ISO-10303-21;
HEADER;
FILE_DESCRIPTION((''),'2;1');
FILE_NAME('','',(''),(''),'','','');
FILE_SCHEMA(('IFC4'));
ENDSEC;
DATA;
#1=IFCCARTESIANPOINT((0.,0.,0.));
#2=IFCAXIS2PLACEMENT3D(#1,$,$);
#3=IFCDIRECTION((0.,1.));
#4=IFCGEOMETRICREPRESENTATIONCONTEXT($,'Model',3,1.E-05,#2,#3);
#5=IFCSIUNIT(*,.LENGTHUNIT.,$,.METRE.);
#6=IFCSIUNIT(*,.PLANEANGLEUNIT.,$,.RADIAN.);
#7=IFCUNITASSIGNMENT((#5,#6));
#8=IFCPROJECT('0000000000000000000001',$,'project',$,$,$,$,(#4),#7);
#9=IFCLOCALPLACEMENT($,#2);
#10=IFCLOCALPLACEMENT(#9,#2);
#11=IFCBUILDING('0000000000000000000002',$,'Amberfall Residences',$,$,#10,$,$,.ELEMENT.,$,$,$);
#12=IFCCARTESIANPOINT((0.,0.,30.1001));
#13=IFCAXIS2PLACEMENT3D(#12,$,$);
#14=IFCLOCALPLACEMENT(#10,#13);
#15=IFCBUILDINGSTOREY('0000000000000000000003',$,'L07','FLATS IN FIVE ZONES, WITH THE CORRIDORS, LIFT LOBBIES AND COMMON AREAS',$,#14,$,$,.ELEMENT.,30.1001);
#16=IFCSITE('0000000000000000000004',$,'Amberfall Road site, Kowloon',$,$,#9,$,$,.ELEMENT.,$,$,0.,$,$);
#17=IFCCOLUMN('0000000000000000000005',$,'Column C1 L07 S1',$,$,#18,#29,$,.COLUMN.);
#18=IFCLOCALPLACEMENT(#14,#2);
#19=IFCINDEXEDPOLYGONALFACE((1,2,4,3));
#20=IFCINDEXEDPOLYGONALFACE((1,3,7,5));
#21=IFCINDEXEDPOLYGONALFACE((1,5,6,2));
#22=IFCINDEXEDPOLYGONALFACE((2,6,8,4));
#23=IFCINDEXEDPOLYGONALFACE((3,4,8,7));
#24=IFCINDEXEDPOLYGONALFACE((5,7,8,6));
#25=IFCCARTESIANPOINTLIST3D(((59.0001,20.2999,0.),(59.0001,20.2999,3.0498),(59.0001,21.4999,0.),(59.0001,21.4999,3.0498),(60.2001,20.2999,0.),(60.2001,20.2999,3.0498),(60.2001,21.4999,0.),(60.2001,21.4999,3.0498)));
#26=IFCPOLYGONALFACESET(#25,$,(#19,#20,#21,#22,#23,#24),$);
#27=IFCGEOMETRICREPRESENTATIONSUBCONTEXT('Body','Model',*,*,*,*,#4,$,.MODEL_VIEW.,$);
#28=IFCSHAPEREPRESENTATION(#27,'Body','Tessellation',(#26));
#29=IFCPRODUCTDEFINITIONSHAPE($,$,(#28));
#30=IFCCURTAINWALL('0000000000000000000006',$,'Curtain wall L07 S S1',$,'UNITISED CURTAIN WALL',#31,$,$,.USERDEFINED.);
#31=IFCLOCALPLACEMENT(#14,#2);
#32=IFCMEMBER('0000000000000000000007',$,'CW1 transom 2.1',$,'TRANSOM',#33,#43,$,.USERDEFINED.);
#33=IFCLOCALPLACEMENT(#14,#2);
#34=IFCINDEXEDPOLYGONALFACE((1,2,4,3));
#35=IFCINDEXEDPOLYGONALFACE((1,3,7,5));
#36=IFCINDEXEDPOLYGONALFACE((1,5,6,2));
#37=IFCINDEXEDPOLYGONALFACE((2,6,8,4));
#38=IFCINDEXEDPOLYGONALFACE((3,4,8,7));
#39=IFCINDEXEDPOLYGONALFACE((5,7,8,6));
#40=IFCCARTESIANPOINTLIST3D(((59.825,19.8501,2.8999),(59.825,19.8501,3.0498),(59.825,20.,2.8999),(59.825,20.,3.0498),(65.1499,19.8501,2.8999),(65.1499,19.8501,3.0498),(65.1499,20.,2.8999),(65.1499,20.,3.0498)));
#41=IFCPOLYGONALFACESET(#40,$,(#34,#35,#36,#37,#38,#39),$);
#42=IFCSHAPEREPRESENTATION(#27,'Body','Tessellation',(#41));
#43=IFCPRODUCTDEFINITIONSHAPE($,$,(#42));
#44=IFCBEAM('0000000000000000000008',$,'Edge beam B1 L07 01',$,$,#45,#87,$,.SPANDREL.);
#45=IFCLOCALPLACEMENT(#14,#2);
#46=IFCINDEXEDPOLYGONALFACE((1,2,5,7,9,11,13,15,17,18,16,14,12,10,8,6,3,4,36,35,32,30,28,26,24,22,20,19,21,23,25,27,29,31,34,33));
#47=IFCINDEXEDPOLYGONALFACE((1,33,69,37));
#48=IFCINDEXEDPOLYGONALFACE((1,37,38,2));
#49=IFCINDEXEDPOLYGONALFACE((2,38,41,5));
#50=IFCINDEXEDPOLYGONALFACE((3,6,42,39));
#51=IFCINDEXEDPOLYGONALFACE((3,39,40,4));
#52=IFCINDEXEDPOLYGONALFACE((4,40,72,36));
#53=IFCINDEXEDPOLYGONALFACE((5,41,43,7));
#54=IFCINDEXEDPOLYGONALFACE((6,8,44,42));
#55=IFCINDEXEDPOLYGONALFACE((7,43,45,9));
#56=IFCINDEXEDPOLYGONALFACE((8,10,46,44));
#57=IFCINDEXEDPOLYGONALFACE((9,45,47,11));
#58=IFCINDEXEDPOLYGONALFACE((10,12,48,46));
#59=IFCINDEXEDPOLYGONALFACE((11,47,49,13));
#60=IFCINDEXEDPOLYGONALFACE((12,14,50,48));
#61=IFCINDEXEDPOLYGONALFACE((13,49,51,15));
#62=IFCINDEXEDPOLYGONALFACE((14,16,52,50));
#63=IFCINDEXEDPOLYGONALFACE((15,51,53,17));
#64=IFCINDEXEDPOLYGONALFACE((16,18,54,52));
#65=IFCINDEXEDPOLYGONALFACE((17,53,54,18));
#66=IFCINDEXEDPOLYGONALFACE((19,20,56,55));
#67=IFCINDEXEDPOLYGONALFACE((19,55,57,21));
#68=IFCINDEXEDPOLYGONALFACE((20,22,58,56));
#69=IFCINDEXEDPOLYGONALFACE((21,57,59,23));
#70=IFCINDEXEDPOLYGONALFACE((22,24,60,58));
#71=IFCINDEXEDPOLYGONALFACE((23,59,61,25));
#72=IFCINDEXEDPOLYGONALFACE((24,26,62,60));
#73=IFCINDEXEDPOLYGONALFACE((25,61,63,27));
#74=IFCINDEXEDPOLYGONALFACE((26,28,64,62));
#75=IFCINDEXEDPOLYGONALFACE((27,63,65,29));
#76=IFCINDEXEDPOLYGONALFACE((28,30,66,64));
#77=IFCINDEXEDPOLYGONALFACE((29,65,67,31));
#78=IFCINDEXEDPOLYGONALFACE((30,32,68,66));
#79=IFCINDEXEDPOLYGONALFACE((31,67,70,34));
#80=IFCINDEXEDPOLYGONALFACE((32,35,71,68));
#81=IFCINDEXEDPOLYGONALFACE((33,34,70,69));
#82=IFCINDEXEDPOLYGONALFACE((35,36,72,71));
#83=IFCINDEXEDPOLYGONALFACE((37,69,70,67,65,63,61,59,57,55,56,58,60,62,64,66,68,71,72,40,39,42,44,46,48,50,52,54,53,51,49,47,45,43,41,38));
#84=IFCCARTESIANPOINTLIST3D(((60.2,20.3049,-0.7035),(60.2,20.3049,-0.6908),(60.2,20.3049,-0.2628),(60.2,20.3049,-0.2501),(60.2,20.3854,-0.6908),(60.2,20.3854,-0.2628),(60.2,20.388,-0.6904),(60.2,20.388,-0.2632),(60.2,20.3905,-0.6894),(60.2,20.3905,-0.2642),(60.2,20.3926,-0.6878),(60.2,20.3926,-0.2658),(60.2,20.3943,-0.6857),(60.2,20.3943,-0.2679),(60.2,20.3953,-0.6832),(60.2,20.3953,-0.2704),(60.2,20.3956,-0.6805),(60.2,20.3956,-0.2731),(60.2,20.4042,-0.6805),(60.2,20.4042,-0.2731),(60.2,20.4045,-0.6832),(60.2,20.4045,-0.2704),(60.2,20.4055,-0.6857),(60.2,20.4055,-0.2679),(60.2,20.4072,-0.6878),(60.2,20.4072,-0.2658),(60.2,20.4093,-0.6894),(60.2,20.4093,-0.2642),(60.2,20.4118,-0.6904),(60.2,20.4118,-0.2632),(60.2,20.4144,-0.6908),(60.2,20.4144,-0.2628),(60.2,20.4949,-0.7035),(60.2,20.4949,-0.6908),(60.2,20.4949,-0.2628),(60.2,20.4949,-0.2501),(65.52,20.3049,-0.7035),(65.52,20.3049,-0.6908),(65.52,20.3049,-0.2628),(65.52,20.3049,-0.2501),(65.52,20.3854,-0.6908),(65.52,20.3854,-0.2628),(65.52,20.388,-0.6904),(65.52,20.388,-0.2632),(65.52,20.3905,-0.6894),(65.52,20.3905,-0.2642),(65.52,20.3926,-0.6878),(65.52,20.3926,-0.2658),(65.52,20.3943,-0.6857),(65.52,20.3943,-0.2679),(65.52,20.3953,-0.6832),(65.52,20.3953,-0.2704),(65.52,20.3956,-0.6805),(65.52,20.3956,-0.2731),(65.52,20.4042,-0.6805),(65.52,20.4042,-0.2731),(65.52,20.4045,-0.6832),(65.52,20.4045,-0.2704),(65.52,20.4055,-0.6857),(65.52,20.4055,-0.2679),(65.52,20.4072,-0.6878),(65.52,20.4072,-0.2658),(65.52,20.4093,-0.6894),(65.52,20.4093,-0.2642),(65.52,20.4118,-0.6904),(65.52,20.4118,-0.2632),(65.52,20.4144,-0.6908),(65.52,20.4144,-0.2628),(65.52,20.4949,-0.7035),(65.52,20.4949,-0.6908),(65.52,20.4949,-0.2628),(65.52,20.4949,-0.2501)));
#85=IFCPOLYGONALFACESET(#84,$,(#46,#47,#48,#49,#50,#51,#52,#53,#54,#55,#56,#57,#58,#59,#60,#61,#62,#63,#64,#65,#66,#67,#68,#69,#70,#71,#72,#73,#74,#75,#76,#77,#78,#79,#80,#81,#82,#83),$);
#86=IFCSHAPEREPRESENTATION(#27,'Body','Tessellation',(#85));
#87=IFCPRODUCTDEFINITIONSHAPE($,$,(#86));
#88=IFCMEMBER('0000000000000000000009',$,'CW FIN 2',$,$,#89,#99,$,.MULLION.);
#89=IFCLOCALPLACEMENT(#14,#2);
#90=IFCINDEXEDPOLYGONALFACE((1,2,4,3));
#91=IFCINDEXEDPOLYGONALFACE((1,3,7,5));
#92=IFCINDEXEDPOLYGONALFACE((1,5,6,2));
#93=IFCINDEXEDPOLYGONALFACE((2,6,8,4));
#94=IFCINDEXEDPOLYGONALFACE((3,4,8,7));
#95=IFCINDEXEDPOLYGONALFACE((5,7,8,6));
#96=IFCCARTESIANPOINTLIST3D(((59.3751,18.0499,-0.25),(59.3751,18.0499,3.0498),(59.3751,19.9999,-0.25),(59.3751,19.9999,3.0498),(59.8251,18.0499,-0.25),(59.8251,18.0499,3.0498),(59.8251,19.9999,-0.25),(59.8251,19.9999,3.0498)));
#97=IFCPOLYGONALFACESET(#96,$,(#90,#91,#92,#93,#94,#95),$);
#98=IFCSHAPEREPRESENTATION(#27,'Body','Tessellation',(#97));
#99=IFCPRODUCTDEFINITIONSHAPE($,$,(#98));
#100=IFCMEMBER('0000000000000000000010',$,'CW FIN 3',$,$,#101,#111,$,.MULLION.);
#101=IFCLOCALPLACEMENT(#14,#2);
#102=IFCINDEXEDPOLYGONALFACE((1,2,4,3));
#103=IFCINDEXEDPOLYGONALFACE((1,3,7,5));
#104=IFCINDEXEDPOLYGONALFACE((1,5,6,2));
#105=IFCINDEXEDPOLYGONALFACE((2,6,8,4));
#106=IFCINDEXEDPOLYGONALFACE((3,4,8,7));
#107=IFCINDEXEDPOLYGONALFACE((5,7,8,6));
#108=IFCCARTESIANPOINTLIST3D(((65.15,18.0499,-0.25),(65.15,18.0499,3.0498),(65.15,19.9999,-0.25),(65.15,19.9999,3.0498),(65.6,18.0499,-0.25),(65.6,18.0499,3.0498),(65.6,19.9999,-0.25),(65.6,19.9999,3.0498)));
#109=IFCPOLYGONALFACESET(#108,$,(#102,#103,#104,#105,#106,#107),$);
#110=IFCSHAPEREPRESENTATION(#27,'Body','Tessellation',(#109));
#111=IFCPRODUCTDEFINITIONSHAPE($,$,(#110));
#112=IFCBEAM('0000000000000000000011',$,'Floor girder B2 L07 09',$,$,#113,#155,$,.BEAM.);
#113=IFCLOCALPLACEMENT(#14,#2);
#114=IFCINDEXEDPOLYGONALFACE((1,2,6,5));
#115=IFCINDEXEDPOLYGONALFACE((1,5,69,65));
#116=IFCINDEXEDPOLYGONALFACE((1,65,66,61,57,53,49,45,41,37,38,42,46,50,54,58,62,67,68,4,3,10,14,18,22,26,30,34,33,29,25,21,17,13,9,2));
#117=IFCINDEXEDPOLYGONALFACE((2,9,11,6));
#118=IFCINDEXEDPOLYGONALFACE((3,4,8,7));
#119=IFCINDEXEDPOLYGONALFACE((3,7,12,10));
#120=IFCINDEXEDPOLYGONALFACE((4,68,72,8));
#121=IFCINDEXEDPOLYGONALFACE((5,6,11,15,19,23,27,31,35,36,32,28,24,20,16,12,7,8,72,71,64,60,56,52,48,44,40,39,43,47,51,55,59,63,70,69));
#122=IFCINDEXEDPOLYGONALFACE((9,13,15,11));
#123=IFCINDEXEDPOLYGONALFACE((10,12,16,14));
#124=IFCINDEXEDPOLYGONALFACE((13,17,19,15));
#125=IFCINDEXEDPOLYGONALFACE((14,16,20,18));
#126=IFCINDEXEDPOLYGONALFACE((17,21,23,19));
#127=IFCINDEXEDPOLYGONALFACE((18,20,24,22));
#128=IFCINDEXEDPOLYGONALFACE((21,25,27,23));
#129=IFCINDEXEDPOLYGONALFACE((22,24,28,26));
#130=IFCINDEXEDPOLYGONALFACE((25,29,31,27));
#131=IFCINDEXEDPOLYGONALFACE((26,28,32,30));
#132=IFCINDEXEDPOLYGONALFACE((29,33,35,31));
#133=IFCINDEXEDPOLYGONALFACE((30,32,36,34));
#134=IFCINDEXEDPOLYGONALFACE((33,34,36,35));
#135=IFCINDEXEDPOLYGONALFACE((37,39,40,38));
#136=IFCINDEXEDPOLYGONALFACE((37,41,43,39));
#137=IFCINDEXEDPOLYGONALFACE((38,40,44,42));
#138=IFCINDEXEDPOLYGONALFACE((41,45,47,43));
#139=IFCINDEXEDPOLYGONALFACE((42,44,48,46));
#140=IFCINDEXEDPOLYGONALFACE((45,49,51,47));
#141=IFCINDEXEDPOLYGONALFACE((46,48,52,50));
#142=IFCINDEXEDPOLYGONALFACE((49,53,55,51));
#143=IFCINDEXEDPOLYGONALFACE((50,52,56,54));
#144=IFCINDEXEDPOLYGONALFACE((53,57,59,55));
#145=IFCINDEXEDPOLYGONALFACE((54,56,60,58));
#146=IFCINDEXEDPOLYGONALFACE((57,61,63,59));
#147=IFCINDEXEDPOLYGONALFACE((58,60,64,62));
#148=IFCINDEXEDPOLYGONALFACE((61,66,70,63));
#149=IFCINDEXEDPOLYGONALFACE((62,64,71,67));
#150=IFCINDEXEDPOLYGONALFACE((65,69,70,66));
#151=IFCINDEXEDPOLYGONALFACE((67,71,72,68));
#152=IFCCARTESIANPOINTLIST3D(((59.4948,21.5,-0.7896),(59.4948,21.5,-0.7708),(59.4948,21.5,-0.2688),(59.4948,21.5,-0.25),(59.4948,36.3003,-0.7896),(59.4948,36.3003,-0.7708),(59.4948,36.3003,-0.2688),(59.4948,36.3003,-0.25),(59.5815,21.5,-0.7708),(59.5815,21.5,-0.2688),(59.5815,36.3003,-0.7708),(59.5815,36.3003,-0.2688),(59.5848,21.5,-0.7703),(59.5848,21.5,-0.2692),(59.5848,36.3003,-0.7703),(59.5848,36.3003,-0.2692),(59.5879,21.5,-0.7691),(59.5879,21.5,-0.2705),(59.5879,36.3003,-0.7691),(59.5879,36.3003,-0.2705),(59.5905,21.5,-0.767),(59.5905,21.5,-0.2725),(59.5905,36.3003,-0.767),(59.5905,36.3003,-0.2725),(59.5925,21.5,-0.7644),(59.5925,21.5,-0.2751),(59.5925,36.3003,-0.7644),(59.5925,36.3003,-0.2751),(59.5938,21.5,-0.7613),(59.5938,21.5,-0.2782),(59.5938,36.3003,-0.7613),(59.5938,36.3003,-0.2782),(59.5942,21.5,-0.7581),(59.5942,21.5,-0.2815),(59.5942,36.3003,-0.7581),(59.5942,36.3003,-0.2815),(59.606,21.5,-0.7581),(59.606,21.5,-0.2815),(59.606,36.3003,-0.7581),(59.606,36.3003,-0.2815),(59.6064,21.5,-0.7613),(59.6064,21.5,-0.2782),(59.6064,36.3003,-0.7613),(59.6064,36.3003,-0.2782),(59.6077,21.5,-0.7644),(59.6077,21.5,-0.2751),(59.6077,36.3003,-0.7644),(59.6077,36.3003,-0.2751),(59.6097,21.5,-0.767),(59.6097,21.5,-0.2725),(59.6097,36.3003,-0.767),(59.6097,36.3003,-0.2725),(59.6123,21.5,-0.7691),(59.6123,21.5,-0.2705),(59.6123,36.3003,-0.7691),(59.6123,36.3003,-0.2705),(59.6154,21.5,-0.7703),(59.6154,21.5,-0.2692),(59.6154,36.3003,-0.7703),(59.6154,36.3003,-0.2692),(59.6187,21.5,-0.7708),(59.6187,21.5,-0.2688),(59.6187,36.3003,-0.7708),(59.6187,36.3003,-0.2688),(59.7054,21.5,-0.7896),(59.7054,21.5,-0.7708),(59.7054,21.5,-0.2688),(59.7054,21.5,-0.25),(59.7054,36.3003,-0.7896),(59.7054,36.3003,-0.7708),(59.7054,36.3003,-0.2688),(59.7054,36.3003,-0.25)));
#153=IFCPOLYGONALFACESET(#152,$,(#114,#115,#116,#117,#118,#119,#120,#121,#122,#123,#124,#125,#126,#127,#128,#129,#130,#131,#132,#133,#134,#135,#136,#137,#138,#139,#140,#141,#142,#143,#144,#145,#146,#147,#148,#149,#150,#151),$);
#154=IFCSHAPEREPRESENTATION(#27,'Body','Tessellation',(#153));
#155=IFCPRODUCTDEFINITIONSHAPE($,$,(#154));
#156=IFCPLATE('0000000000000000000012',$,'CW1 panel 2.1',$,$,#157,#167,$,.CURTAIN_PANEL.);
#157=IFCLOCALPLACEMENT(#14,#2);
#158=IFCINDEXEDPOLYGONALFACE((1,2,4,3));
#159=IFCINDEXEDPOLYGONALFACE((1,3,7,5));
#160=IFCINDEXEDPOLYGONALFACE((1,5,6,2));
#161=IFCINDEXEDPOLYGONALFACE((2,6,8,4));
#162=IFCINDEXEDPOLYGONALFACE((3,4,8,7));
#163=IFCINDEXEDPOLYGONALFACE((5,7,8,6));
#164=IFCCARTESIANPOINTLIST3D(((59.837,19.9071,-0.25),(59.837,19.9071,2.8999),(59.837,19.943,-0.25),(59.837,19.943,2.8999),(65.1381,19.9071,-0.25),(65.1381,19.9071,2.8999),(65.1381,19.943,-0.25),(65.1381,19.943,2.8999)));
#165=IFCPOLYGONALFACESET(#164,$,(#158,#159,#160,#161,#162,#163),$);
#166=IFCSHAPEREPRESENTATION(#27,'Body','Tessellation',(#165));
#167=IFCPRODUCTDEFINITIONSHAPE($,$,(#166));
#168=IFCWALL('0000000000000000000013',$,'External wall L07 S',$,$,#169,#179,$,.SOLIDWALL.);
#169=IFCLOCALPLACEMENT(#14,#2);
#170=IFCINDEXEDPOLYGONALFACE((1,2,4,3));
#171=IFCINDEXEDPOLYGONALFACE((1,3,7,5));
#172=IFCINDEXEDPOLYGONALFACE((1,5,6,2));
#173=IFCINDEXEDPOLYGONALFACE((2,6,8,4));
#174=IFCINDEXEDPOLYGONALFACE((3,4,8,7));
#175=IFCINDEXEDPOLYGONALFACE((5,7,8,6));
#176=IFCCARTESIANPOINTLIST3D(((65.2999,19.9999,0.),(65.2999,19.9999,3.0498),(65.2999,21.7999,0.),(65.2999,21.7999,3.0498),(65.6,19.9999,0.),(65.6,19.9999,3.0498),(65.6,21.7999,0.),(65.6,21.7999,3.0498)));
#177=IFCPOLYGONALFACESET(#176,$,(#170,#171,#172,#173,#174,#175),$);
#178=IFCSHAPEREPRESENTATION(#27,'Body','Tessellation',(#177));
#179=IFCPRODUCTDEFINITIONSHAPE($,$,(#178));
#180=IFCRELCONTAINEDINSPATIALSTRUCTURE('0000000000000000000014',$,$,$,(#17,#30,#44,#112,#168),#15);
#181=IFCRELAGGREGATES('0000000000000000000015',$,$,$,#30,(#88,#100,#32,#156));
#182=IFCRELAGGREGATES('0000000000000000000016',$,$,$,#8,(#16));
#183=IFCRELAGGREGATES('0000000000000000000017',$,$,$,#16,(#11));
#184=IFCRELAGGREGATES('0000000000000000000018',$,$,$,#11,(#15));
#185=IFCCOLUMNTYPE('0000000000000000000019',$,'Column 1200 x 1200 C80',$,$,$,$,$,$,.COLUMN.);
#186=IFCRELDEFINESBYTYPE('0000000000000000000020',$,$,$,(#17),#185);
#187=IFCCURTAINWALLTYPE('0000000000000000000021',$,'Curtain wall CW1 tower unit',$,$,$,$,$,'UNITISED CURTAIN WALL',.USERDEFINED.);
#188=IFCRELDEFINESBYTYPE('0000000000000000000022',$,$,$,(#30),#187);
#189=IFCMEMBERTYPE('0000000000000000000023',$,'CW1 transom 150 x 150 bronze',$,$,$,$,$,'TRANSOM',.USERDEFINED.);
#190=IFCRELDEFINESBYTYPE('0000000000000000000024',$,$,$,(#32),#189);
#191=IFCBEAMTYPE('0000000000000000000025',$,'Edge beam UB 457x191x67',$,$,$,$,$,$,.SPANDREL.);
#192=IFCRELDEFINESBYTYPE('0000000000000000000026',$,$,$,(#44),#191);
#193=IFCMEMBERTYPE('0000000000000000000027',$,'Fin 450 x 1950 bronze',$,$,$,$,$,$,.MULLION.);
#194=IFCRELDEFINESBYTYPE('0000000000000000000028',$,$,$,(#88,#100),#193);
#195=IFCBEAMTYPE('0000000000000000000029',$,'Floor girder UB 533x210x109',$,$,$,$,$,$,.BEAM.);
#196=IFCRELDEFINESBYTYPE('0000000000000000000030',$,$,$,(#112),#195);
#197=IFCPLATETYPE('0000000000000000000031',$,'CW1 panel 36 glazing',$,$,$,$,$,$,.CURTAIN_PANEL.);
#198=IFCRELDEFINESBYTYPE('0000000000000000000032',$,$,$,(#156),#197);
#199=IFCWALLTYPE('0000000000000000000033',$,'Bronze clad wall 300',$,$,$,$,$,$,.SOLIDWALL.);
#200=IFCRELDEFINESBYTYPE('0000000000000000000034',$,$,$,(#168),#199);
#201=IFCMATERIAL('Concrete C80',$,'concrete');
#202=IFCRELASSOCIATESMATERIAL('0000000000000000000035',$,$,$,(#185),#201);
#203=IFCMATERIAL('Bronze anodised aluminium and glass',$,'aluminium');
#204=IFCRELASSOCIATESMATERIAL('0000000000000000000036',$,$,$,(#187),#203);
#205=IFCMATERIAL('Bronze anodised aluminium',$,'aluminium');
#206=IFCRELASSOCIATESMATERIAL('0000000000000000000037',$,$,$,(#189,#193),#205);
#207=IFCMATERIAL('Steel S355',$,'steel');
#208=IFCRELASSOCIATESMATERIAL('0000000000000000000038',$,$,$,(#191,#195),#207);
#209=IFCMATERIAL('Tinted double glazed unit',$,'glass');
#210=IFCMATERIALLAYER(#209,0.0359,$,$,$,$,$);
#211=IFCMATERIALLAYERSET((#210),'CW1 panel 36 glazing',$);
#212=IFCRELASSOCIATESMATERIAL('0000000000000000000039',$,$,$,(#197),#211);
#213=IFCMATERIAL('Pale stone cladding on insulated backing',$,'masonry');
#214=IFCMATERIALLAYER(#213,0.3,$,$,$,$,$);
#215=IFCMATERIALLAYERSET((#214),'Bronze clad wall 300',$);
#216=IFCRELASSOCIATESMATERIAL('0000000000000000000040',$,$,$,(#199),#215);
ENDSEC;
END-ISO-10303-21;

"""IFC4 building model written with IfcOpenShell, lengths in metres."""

from ifc_helpers import new_model, si_unit, direction, frame, frame_2d, origin, origin_2d, place, context, subcontext, project, spatial, rectangle, i_section, extrude, material, layer, layer_set, material_profile, profile_set, type_object, element, aggregate, save


model = new_model("IFC4")

# Units and contexts
model_context = context("Model", 3, precision=1e-05, world=origin(), true_north=direction((0.0, 1.0)))
body_context = subcontext(model_context, "Body", "Model", "MODEL_VIEW")
ifc_project = project(units=[si_unit("LENGTHUNIT", "METRE"), si_unit("PLANEANGLEUNIT", "RADIAN")], contexts=[model_context])

# Site, building, storey
site_placement = place(None, origin())
site = spatial("IfcSite", under=ifc_project, at=site_placement, Name="Amberfall Road site, Kowloon", CompositionType="ELEMENT", RefElevation=0.0)
building_placement = place(site_placement, origin())
building = spatial("IfcBuilding", under=site, at=building_placement, Name="Amberfall Residences", CompositionType="ELEMENT")
storey_placement = place(building_placement, frame((0.0, 0.0, 30.1001)))
storey = spatial("IfcBuildingStorey", under=building, at=storey_placement, Name="L07", Description="FLATS IN FIVE ZONES, WITH THE CORRIDORS, LIFT LOBBIES AND COMMON AREAS", CompositionType="ELEMENT", Elevation=30.1001)

# Column
ifc_material_1 = material(Name="Concrete C80", Category="concrete")
ifc_material_profile_1 = material_profile(ifc_material_1, rectangle(XDim=1.2, YDim=1.2, at=origin_2d()), Name="Column 1200 x 1200 C80")
ifc_profile_set_1 = profile_set([ifc_material_profile_1], Name="Concrete C80")
column_type = type_object("IfcColumnType", Name="Column 1200 x 1200 C80", PredefinedType="COLUMN", material=ifc_profile_set_1)
column_placement = place(storey_placement, frame((59.6001, 20.8999, 0.0), z_axis=(0.0, 0.0, 1.0), x_axis=(1.0, 0.0, 0.0)))
element("IfcColumn", 1, at=column_placement, inside=storey, type_object=column_type, Name="Column C1 L07 S1", PredefinedType="COLUMN", context=body_context, shape_type="SweptSolid", body=[
    extrude(rectangle(XDim=1.2, YDim=1.2, at=origin_2d()), origin(), (0.0, 0.0, 1.0), 3.0498),
])

# Curtain wall, member
ifc_material_2 = material(Name="Bronze anodised aluminium and glass", Category="aluminium")
curtain_wall_type = type_object("IfcCurtainWallType", Name="Curtain wall CW1 tower unit", ElementType="UNITISED CURTAIN WALL", PredefinedType="USERDEFINED", material=ifc_material_2)
curtain_wall_placement = place(storey_placement, origin())
curtain_wall = element("IfcCurtainWall", 2, at=curtain_wall_placement, inside=storey, type_object=curtain_wall_type, Name="Curtain wall L07 S S1", ObjectType="UNITISED CURTAIN WALL", PredefinedType="USERDEFINED")
ifc_material_3 = material(Name="Bronze anodised aluminium", Category="aluminium")
ifc_material_profile_2 = material_profile(ifc_material_3, rectangle(XDim=0.1499, YDim=0.1499, at=origin_2d()), Name="CW1 transom 150 x 150 bronze")
ifc_profile_set_2 = profile_set([ifc_material_profile_2], Name="Bronze anodised aluminium")
member_type_1 = type_object("IfcMemberType", Name="CW1 transom 150 x 150 bronze", ElementType="TRANSOM", PredefinedType="USERDEFINED", material=ifc_profile_set_2)
member_1_placement = place(storey_placement, frame((59.825, 19.925, 2.9749), z_axis=(1.0, 0.0, 0.0), x_axis=(0.0, 1.0, 0.0)))
member_1 = element("IfcMember", 3, at=member_1_placement, type_object=member_type_1, Name="CW1 transom 2.1", ObjectType="TRANSOM", PredefinedType="USERDEFINED", context=body_context, shape_type="SweptSolid", body=[
    extrude(rectangle(XDim=0.1499, YDim=0.1499, at=origin_2d()), origin(), (0.0, 0.0, 1.0), 5.325),
])

# Beam
ifc_material_4 = material(Name="Steel S355", Category="steel")
ifc_material_profile_3 = material_profile(ifc_material_4, i_section(OverallWidth=0.1899, OverallDepth=0.4534, WebThickness=0.0085, FlangeThickness=0.0127, FilletRadius=0.0103, at=origin_2d()), Name="UB 457x191x67")
ifc_profile_set_3 = profile_set([ifc_material_profile_3], Name="Steel S355")
beam_type_1 = type_object("IfcBeamType", Name="Edge beam UB 457x191x67", PredefinedType="SPANDREL", material=ifc_profile_set_3)
beam_1_placement = place(storey_placement, frame((60.2, 20.3999, -0.4768), z_axis=(1.0, 0.0, 0.0), x_axis=(0.0, 1.0, 0.0)))
element("IfcBeam", 4, at=beam_1_placement, inside=storey, type_object=beam_type_1, Name="Edge beam B1 L07 01", PredefinedType="SPANDREL", context=body_context, shape_type="SweptSolid", body=[
    extrude(i_section(OverallWidth=0.1899, OverallDepth=0.4534, WebThickness=0.0085, FlangeThickness=0.0127, FilletRadius=0.0103, at=origin_2d()), origin(), (0.0, 0.0, 1.0), 5.3201),
])

# Members
ifc_material_profile_4 = material_profile(ifc_material_3, rectangle(XDim=1.95, YDim=0.45, at=origin_2d()), Name="Fin 450 x 1950 bronze")
ifc_profile_set_4 = profile_set([ifc_material_profile_4], Name="Bronze anodised aluminium")
member_type_2 = type_object("IfcMemberType", Name="Fin 450 x 1950 bronze", PredefinedType="MULLION", material=ifc_profile_set_4)
member_2_placement = place(storey_placement, frame((59.6001, 19.0249, -0.25), z_axis=(0.0, 0.0, 1.0), x_axis=(0.0, 1.0, 0.0)))
member_2 = element("IfcMember", 5, at=member_2_placement, type_object=member_type_2, Name="CW FIN 2", PredefinedType="MULLION", context=body_context, shape_type="SweptSolid", body=[
    extrude(rectangle(XDim=1.95, YDim=0.45, at=origin_2d()), origin(), (0.0, 0.0, 1.0), 3.2998),
])
member_3_placement = place(storey_placement, frame((65.375, 19.0249, -0.25), z_axis=(0.0, 0.0, 1.0), x_axis=(0.0, 1.0, 0.0)))
member_3 = element("IfcMember", 6, at=member_3_placement, type_object=member_type_2, Name="CW FIN 3", PredefinedType="MULLION", context=body_context, shape_type="SweptSolid", body=[
    extrude(rectangle(XDim=1.95, YDim=0.45, at=origin_2d()), origin(), (0.0, 0.0, 1.0), 3.2998),
])

# Beam
ifc_material_profile_5 = material_profile(ifc_material_4, i_section(OverallWidth=0.2107, OverallDepth=0.5396, WebThickness=0.0117, FlangeThickness=0.0188, FilletRadius=0.0127, at=origin_2d()), Name="UB 533x210x109")
ifc_profile_set_5 = profile_set([ifc_material_profile_5], Name="Steel S355")
beam_type_2 = type_object("IfcBeamType", Name="Floor girder UB 533x210x109", PredefinedType="BEAM", material=ifc_profile_set_5)
beam_2_placement = place(storey_placement, frame((59.6001, 21.5, -0.5198), z_axis=(0.0, 1.0, 0.0), x_axis=(-1.0, 0.0, 0.0)))
element("IfcBeam", 7, at=beam_2_placement, inside=storey, type_object=beam_type_2, Name="Floor girder B2 L07 09", PredefinedType="BEAM", context=body_context, shape_type="SweptSolid", body=[
    extrude(i_section(OverallWidth=0.2107, OverallDepth=0.5396, WebThickness=0.0117, FlangeThickness=0.0188, FilletRadius=0.0127, at=origin_2d()), origin(), (0.0, 0.0, 1.0), 14.8003),
])

# Plate
ifc_material_5 = material(Name="Tinted double glazed unit", Category="glass")
ifc_layer_1 = layer(ifc_material_5, 0.0359)
ifc_layer_set_1 = layer_set([ifc_layer_1], Name="CW1 panel 36 glazing")
plate_type = type_object("IfcPlateType", Name="CW1 panel 36 glazing", PredefinedType="CURTAIN_PANEL", material=ifc_layer_set_1)
plate_placement = place(storey_placement, frame((62.4875, 19.925, -0.25), z_axis=(0.0, 0.0, 1.0), x_axis=(1.0, 0.0, 0.0)))
plate = element("IfcPlate", 8, at=plate_placement, type_object=plate_type, Name="CW1 panel 2.1", PredefinedType="CURTAIN_PANEL", context=body_context, shape_type="SweptSolid", body=[
    extrude(rectangle(XDim=5.301, YDim=0.0359, at=origin_2d()), origin(), (0.0, 0.0, 1.0), 3.1499),
])
aggregate(curtain_wall, [member_2, member_3, member_1, plate])

# Wall
ifc_material_6 = material(Name="Pale stone cladding on insulated backing", Category="masonry")
ifc_layer_2 = layer(ifc_material_6, 0.3)
ifc_layer_set_2 = layer_set([ifc_layer_2], Name="Bronze clad wall 300")
wall_type_1 = type_object("IfcWallType", Name="Bronze clad wall 300", PredefinedType="SOLIDWALL", material=ifc_layer_set_2)
wall_1_placement = place(storey_placement, frame((65.45, 20.0, 0.0), z_axis=(0.0, 0.0, 1.0), x_axis=(0.0, 1.0, 0.0)))
element("IfcWall", 9, at=wall_1_placement, inside=storey, type_object=wall_type_1, Name="External wall L07 S", PredefinedType="SOLIDWALL", context=body_context, shape_type="SweptSolid", body=[
    extrude(rectangle(XDim=1.8, YDim=0.3, at=frame_2d((0.8999, 0.0))), origin(), (0.0, 0.0, 1.0), 3.0498),
])

save(model, "model.ifc")
